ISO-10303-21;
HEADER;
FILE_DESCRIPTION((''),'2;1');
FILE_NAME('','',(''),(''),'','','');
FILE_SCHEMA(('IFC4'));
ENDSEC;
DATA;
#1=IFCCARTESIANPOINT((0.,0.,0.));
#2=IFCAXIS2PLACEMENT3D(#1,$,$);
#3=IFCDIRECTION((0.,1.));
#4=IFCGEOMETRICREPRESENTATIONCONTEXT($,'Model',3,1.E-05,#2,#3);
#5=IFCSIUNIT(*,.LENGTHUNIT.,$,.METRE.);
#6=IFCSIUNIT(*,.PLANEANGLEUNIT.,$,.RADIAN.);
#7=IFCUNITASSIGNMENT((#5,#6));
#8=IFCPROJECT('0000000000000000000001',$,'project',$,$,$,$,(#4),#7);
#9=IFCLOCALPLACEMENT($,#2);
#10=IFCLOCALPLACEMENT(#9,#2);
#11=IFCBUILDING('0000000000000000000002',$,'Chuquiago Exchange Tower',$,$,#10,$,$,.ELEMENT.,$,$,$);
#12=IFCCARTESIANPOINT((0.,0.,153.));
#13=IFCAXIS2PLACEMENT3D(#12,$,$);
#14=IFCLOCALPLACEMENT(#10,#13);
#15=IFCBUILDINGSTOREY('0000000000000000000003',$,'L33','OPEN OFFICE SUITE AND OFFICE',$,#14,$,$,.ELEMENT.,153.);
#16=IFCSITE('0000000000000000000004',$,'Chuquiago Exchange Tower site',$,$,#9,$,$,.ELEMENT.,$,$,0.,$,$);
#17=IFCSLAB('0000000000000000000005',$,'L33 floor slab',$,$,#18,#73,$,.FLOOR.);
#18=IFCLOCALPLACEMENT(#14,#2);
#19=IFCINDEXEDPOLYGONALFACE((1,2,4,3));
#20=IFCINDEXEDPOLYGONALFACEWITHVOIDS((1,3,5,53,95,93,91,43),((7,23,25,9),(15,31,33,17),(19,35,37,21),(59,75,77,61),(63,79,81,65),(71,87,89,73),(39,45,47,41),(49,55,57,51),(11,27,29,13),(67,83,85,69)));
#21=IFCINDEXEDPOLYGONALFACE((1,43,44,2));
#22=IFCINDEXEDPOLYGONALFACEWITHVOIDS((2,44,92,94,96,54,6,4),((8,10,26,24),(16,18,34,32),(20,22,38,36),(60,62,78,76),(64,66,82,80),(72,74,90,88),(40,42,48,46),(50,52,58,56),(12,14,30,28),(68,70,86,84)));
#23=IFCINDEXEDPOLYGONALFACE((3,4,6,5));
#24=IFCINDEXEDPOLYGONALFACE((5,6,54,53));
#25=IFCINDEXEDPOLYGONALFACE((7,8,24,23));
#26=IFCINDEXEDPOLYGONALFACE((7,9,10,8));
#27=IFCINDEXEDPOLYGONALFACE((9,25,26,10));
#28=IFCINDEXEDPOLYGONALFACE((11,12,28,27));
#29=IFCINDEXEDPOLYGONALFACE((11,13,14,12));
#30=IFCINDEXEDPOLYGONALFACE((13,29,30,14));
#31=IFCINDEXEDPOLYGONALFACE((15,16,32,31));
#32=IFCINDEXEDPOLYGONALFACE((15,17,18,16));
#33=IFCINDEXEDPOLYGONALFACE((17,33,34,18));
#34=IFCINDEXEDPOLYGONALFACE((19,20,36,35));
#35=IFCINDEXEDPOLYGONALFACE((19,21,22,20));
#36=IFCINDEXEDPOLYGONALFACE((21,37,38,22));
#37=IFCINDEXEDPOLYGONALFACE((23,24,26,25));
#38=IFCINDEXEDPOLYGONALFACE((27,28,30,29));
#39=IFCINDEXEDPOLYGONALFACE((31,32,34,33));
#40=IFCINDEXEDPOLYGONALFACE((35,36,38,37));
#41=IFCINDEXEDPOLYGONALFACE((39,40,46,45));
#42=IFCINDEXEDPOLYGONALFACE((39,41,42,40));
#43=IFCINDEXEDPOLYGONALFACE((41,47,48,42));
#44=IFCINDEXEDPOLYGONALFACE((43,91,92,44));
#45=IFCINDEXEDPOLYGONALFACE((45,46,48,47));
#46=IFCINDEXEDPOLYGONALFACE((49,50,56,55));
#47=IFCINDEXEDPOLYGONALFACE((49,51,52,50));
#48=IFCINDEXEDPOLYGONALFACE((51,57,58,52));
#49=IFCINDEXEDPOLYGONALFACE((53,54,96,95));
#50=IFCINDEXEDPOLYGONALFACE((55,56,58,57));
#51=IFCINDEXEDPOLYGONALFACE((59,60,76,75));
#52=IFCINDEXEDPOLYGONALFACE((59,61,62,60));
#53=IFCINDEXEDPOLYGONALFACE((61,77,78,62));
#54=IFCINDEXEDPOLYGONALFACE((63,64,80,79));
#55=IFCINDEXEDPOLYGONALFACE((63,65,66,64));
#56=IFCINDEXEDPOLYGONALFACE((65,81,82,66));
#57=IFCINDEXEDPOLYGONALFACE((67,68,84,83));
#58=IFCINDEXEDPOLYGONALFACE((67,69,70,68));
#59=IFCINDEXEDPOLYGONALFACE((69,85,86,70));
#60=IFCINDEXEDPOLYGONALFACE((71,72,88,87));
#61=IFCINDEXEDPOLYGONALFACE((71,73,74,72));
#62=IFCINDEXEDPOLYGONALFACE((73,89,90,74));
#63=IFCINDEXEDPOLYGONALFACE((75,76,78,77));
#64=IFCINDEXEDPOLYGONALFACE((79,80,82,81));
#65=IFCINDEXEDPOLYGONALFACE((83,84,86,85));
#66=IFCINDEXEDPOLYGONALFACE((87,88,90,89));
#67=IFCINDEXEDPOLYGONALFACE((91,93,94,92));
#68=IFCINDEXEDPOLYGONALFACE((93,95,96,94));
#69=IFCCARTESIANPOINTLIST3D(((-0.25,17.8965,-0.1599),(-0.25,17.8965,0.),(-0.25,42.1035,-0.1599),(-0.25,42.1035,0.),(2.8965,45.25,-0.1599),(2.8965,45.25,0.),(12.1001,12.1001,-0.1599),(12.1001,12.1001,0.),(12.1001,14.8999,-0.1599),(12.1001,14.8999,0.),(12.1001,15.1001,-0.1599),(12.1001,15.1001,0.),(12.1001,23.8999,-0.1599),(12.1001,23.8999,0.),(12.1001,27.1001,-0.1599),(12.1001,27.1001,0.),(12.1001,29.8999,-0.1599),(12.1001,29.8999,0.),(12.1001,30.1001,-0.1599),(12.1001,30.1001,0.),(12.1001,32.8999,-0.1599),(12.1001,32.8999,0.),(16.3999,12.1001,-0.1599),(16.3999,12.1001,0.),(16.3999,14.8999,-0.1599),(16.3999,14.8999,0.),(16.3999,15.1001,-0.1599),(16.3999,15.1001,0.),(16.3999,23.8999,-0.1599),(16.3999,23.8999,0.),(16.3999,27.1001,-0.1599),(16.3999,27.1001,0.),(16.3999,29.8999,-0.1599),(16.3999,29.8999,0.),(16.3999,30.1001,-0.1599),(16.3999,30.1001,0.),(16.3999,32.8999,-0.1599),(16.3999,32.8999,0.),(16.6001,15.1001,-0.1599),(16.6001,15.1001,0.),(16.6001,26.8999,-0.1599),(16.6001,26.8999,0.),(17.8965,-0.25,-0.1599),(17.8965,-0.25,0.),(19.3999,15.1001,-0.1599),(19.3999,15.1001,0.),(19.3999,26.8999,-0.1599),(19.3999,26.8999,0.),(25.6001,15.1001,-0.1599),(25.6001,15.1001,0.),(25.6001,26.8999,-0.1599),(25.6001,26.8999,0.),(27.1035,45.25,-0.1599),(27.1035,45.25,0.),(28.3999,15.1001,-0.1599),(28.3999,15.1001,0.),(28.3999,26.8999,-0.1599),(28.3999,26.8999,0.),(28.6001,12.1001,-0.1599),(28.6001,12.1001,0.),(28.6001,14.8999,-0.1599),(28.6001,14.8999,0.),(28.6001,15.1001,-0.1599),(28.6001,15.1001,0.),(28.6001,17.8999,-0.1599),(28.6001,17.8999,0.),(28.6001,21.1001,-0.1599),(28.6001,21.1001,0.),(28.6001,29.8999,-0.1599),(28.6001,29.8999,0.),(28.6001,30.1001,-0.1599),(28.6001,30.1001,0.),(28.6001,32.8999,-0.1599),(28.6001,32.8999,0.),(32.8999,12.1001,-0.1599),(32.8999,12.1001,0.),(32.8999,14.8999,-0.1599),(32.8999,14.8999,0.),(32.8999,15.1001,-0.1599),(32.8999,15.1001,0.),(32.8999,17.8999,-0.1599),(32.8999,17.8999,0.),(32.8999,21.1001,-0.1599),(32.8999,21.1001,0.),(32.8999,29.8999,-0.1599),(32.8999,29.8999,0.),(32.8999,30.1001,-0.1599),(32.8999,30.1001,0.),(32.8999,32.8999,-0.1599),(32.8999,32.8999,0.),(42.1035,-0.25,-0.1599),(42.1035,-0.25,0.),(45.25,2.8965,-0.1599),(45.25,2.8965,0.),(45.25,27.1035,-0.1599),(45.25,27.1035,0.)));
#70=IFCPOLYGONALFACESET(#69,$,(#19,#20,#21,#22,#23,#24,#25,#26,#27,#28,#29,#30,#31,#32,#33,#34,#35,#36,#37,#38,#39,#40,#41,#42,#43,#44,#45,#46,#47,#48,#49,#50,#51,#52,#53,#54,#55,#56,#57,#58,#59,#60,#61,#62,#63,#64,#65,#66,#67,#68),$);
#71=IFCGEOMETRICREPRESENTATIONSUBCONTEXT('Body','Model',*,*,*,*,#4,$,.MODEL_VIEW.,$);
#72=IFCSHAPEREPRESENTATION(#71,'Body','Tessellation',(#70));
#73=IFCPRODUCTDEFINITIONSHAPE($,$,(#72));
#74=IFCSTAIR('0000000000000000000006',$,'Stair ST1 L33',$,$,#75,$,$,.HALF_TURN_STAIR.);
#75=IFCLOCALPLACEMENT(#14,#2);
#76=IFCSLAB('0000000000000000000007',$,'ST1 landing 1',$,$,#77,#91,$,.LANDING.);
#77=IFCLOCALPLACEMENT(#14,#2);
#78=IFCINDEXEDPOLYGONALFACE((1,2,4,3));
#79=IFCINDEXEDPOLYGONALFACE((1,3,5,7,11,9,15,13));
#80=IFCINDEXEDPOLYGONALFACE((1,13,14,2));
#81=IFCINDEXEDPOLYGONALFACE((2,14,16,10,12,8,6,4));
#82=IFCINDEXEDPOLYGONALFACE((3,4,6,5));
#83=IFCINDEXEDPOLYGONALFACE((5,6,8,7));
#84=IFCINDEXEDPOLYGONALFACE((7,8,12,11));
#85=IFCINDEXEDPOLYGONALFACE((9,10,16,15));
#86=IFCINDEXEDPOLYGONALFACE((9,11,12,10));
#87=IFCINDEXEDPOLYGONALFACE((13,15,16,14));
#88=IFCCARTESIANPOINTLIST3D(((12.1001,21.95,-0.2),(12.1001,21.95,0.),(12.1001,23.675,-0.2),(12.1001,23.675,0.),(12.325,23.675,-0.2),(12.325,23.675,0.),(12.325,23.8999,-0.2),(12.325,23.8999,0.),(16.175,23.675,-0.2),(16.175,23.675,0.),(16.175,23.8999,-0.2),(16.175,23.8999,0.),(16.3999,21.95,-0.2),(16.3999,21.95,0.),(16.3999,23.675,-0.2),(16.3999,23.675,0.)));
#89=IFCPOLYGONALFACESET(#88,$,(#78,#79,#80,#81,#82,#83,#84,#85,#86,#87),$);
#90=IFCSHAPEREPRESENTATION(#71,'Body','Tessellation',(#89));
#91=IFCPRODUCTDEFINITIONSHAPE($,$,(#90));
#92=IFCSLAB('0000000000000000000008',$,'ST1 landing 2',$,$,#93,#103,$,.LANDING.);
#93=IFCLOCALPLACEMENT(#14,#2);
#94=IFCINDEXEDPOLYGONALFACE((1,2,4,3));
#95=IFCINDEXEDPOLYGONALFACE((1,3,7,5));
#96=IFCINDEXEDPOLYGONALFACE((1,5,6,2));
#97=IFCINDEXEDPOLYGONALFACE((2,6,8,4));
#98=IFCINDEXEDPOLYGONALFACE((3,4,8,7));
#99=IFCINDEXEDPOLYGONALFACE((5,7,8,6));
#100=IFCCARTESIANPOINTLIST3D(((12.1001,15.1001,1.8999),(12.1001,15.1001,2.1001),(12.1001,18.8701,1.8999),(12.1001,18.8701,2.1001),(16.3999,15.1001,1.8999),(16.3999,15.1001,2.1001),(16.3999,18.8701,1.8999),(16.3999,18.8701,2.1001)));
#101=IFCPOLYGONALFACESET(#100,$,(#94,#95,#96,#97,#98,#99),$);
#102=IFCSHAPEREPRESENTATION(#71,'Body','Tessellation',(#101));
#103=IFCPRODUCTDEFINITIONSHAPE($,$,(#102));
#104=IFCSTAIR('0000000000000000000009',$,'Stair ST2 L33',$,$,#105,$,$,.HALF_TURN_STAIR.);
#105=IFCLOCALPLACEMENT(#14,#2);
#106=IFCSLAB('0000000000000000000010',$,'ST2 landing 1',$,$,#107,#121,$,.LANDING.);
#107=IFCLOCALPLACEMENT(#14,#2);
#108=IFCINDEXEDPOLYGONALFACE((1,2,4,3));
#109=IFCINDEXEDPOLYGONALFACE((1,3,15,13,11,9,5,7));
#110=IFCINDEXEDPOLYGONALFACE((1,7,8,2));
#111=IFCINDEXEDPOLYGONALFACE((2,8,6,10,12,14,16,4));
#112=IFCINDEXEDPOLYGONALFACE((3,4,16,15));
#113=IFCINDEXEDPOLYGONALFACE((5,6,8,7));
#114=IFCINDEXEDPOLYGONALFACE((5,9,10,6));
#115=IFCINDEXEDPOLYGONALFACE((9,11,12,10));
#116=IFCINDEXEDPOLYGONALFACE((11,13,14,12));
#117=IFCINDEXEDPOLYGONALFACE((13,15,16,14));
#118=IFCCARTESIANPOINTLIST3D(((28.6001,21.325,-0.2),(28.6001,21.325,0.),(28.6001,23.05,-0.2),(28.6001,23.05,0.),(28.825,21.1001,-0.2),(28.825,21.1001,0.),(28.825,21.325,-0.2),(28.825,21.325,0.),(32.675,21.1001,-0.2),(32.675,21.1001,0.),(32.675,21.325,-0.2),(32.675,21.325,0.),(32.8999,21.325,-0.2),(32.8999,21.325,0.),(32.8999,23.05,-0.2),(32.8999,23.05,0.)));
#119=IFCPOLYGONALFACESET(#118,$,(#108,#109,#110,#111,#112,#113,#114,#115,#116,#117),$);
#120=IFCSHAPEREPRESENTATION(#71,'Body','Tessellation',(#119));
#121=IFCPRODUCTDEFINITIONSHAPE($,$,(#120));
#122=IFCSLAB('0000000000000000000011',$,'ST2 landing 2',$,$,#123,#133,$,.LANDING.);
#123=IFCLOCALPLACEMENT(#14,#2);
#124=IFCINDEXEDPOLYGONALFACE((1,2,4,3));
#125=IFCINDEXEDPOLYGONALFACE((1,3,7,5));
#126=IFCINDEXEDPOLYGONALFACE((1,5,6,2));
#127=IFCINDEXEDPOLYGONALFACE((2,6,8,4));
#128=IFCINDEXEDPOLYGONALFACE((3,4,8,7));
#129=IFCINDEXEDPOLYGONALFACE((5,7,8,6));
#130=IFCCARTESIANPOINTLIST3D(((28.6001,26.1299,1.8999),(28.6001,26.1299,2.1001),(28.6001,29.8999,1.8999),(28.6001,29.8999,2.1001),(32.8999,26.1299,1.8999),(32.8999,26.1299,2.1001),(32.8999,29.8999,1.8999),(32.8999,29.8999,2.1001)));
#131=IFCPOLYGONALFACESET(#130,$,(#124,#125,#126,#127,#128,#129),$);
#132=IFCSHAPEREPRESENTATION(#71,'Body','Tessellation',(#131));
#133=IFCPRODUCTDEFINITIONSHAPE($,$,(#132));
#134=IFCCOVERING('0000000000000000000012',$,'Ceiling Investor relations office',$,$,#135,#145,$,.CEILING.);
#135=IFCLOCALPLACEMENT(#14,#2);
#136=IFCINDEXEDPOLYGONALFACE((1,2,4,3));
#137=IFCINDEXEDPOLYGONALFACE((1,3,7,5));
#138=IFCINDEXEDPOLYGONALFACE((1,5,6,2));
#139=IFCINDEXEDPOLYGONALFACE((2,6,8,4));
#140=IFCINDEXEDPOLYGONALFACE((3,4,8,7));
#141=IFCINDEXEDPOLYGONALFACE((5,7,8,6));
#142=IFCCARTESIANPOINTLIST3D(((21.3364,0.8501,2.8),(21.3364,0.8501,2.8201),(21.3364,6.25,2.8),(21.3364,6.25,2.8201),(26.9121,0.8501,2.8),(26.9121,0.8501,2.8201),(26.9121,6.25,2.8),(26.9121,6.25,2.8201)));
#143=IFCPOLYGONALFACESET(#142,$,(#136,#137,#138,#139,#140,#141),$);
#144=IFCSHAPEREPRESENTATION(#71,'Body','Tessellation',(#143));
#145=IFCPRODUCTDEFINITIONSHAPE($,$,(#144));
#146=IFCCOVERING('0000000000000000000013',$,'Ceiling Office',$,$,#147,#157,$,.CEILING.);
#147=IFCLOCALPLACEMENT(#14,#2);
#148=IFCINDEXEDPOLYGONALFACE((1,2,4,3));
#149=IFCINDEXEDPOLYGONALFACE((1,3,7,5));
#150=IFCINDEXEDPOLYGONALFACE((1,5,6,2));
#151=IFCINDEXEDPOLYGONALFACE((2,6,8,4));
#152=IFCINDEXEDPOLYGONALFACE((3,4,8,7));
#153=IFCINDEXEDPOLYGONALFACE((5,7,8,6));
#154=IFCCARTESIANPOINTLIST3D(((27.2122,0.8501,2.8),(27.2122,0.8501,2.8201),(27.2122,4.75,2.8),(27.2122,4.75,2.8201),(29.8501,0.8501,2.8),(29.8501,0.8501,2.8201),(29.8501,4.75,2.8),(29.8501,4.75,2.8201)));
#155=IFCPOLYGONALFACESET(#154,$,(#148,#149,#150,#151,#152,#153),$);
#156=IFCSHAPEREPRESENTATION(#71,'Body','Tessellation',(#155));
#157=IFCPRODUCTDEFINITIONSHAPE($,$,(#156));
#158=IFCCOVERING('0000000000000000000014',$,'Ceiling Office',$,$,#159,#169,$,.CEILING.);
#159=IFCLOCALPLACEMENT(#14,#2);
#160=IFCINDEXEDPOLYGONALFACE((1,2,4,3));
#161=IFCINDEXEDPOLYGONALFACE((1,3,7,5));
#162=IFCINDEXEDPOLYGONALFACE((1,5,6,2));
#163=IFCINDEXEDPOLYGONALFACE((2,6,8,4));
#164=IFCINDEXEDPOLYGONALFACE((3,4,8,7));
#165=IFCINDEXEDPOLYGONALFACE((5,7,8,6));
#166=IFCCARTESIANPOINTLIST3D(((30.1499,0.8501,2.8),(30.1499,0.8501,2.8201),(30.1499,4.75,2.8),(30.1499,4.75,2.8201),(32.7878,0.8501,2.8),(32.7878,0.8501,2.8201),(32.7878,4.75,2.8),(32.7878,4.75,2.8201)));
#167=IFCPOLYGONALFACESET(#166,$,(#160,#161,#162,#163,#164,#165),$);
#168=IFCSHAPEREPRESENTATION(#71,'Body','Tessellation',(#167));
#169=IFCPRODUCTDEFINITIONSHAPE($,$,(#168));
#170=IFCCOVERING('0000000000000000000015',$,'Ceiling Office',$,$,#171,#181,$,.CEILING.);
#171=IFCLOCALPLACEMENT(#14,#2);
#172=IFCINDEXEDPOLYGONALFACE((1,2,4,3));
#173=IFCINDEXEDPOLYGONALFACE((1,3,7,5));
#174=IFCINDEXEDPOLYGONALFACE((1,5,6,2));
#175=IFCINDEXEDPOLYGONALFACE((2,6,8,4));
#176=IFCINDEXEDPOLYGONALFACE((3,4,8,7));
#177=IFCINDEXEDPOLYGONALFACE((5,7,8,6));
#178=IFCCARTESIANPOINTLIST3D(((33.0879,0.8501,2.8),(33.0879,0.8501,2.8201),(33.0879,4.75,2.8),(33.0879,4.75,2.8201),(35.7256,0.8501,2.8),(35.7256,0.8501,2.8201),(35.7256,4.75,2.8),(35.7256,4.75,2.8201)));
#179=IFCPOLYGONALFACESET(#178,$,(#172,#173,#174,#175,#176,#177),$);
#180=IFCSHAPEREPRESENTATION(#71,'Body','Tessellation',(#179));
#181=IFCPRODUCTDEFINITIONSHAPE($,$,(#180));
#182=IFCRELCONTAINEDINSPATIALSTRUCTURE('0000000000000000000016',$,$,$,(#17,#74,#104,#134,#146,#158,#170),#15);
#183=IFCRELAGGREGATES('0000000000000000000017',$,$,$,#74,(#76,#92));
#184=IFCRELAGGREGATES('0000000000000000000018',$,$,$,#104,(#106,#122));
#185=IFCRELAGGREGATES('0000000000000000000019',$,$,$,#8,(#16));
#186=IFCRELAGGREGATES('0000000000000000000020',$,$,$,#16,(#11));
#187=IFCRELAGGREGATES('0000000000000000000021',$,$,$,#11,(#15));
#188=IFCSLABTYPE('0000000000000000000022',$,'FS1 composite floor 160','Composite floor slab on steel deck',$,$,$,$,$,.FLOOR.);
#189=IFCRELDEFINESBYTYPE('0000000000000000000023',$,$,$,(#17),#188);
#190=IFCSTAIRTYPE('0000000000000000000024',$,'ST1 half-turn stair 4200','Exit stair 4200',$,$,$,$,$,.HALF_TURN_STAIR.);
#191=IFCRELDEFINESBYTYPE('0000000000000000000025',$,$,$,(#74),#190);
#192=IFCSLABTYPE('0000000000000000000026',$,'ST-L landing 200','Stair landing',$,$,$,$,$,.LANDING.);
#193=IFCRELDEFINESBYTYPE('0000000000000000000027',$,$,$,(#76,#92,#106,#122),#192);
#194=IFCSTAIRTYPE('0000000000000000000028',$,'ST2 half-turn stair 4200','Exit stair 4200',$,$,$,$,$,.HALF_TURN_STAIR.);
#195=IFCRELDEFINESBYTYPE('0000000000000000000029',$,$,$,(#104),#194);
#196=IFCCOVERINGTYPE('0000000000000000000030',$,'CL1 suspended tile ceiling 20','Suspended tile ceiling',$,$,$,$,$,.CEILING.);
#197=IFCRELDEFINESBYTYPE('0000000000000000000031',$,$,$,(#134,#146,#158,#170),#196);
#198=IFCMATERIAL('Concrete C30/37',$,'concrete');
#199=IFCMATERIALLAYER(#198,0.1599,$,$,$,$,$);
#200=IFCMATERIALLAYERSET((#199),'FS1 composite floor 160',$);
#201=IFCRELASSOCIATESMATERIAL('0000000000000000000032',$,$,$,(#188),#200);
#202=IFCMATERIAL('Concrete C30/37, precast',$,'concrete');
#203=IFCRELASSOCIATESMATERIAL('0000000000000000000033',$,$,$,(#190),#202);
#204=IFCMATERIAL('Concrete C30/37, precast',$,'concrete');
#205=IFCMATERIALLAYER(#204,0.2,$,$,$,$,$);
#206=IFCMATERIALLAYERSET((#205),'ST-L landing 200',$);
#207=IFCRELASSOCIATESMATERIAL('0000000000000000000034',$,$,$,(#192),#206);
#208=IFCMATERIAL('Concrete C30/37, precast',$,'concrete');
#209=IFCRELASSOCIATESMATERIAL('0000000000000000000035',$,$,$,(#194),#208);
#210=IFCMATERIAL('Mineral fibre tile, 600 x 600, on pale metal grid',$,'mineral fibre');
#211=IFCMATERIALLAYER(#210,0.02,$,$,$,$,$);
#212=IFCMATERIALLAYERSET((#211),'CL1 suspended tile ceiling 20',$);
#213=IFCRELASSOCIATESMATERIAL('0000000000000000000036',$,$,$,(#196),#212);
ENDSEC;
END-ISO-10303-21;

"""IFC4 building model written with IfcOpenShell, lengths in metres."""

from ifc_helpers import new_model, si_unit, direction, frame, origin, place, context, subcontext, project, spatial, polyline, outline, extrude, material, layer, layer_set, type_object, element, aggregate, save


model = new_model("IFC4")

# Units and contexts
model_context = context("Model", 3, precision=1e-05, world=origin(), true_north=direction((0.0, 1.0)))
body_context = subcontext(model_context, "Body", "Model", "MODEL_VIEW")
ifc_project = project(units=[si_unit("LENGTHUNIT", "METRE"), si_unit("PLANEANGLEUNIT", "RADIAN")], contexts=[model_context])

# Site, building, storey
site_placement = place(None, origin())
site = spatial("IfcSite", under=ifc_project, at=site_placement, Name="Chuquiago Exchange Tower site", CompositionType="ELEMENT", RefElevation=0.0)
building_placement = place(site_placement, origin())
building = spatial("IfcBuilding", under=site, at=building_placement, Name="Chuquiago Exchange Tower", CompositionType="ELEMENT")
storey_placement = place(building_placement, frame((0.0, 0.0, 153.0)))
storey = spatial("IfcBuildingStorey", under=building, at=storey_placement, Name="L33", Description="OPEN OFFICE SUITE AND OFFICE", CompositionType="ELEMENT", Elevation=153.0)

# Slab
ifc_material_1 = material(Name="Concrete C30/37", Category="concrete")
ifc_layer_1 = layer(ifc_material_1, 0.1599)
ifc_layer_set_1 = layer_set([ifc_layer_1], Name="FS1 composite floor 160")
slab_type_1 = type_object("IfcSlabType", Name="FS1 composite floor 160", Description="Composite floor slab on steel deck", PredefinedType="FLOOR", material=ifc_layer_set_1)
slab_1_placement = place(storey_placement, frame((0.0, 0.0, -0.1599)))
element("IfcSlab", 1, at=slab_1_placement, inside=storey, type_object=slab_type_1, Name="L33 floor slab", PredefinedType="FLOOR", context=body_context, shape_type="SweptSolid", body=[
    extrude(outline(polyline([(17.8965, -0.25), (-0.25, 17.8965), (-0.25, 42.1035), (2.8965, 45.25), (27.1035, 45.25), (45.25, 27.1035), (45.25, 2.8965), (42.1035, -0.25), (17.8965, -0.25)]), holes=[polyline([(16.3999, 15.1001), (12.1001, 15.1001), (12.1001, 23.8999), (16.3999, 23.8999), (16.3999, 15.1001)]), polyline([(32.8999, 21.1001), (28.6001, 21.1001), (28.6001, 29.8999), (32.8999, 29.8999), (32.8999, 21.1001)]), polyline([(16.3999, 12.1001), (12.1001, 12.1001), (12.1001, 14.8999), (16.3999, 14.8999), (16.3999, 12.1001)]), polyline([(16.3999, 30.1001), (12.1001, 30.1001), (12.1001, 32.8999), (16.3999, 32.8999), (16.3999, 30.1001)]), polyline([(32.8999, 12.1001), (28.6001, 12.1001), (28.6001, 14.8999), (32.8999, 14.8999), (32.8999, 12.1001)]), polyline([(32.8999, 30.1001), (28.6001, 30.1001), (28.6001, 32.8999), (32.8999, 32.8999), (32.8999, 30.1001)]), polyline([(16.3999, 27.1001), (12.1001, 27.1001), (12.1001, 29.8999), (16.3999, 29.8999), (16.3999, 27.1001)]), polyline([(32.8999, 15.1001), (28.6001, 15.1001), (28.6001, 17.8999), (32.8999, 17.8999), (32.8999, 15.1001)]), polyline([(19.3999, 15.1001), (16.6001, 15.1001), (16.6001, 26.8999), (19.3999, 26.8999), (19.3999, 15.1001)]), polyline([(28.3999, 15.1001), (25.6001, 15.1001), (25.6001, 26.8999), (28.3999, 26.8999), (28.3999, 15.1001)])]), origin(), (0.0, 0.0, 1.0), 0.1599),
])

# Stairs, slabs
ifc_material_2 = material(Name="Concrete C30/37, precast", Category="concrete")
stair_type_1 = type_object("IfcStairType", Name="ST1 half-turn stair 4200", Description="Exit stair 4200", PredefinedType="HALF_TURN_STAIR", material=ifc_material_2)
stair_1_placement = place(storey_placement, origin())
stair_1 = element("IfcStair", 2, at=stair_1_placement, inside=storey, type_object=stair_type_1, Name="Stair ST1 L33", PredefinedType="HALF_TURN_STAIR")
ifc_material_3 = material(Name="Concrete C30/37, precast", Category="concrete")
ifc_layer_2 = layer(ifc_material_3, 0.2)
ifc_layer_set_2 = layer_set([ifc_layer_2], Name="ST-L landing 200")
slab_type_2 = type_object("IfcSlabType", Name="ST-L landing 200", Description="Stair landing", PredefinedType="LANDING", material=ifc_layer_set_2)
slab_2_placement = place(storey_placement, frame((0.0, 0.0, -0.2)))
slab_2 = element("IfcSlab", 3, at=slab_2_placement, type_object=slab_type_2, Name="ST1 landing 1", PredefinedType="LANDING", context=body_context, shape_type="SweptSolid", body=[
    extrude(outline(polyline([(12.325, 23.8999), (16.175, 23.8999), (16.175, 23.675), (16.3999, 23.675), (16.3999, 21.95), (12.1001, 21.95), (12.1001, 23.675), (12.325, 23.675), (12.325, 23.8999)])), origin(), (0.0, 0.0, 1.0), 0.2),
])
slab_3_placement = place(storey_placement, frame((0.0, 0.0, 1.8999)))
slab_3 = element("IfcSlab", 4, at=slab_3_placement, type_object=slab_type_2, Name="ST1 landing 2", PredefinedType="LANDING", context=body_context, shape_type="SweptSolid", body=[
    extrude(outline(polyline([(12.1001, 18.8701), (16.3999, 18.8701), (16.3999, 15.1001), (12.1001, 15.1001), (12.1001, 18.8701)])), origin(), (0.0, 0.0, 1.0), 0.2002),
])
aggregate(stair_1, [slab_2, slab_3])
ifc_material_4 = material(Name="Concrete C30/37, precast", Category="concrete")
stair_type_2 = type_object("IfcStairType", Name="ST2 half-turn stair 4200", Description="Exit stair 4200", PredefinedType="HALF_TURN_STAIR", material=ifc_material_4)
stair_2_placement = place(storey_placement, origin())
stair_2 = element("IfcStair", 5, at=stair_2_placement, inside=storey, type_object=stair_type_2, Name="Stair ST2 L33", PredefinedType="HALF_TURN_STAIR")
slab_4_placement = place(storey_placement, frame((0.0, 0.0, -0.2)))
slab_4 = element("IfcSlab", 6, at=slab_4_placement, type_object=slab_type_2, Name="ST2 landing 1", PredefinedType="LANDING", context=body_context, shape_type="SweptSolid", body=[
    extrude(outline(polyline([(32.675, 21.325), (32.675, 21.1001), (28.825, 21.1001), (28.825, 21.325), (28.6001, 21.325), (28.6001, 23.05), (32.8999, 23.05), (32.8999, 21.325), (32.675, 21.325)])), origin(), (0.0, 0.0, 1.0), 0.2),
])
slab_5_placement = place(storey_placement, frame((0.0, 0.0, 1.8999)))
slab_5 = element("IfcSlab", 7, at=slab_5_placement, type_object=slab_type_2, Name="ST2 landing 2", PredefinedType="LANDING", context=body_context, shape_type="SweptSolid", body=[
    extrude(outline(polyline([(28.6001, 29.8999), (32.8999, 29.8999), (32.8999, 26.1299), (28.6001, 26.1299), (28.6001, 29.8999)])), origin(), (0.0, 0.0, 1.0), 0.2002),
])
aggregate(stair_2, [slab_4, slab_5])

# Coverings
ifc_material_5 = material(Name="Mineral fibre tile, 600 x 600, on pale metal grid", Category="mineral fibre")
ifc_layer_3 = layer(ifc_material_5, 0.02)
ifc_layer_set_3 = layer_set([ifc_layer_3], Name="CL1 suspended tile ceiling 20")
covering_type_1 = type_object("IfcCoveringType", Name="CL1 suspended tile ceiling 20", Description="Suspended tile ceiling", PredefinedType="CEILING", material=ifc_layer_set_3)
covering_1_placement = place(storey_placement, frame((0.0, 0.0, 2.8)))
element("IfcCovering", 8, at=covering_1_placement, inside=storey, type_object=covering_type_1, Name="Ceiling Investor relations office", PredefinedType="CEILING", context=body_context, shape_type="SweptSolid", body=[
    extrude(outline(polyline([(21.3364, 6.25), (26.9121, 6.25), (26.9121, 0.8501), (21.3364, 0.8501), (21.3364, 6.25)])), origin(), (0.0, 0.0, 1.0), 0.02),
])
covering_2_placement = place(storey_placement, frame((0.0, 0.0, 2.8)))
element("IfcCovering", 9, at=covering_2_placement, inside=storey, type_object=covering_type_1, Name="Ceiling Office", PredefinedType="CEILING", context=body_context, shape_type="SweptSolid", body=[
    extrude(outline(polyline([(27.2122, 4.75), (29.8501, 4.75), (29.8501, 0.8501), (27.2122, 0.8501), (27.2122, 4.75)])), origin(), (0.0, 0.0, 1.0), 0.02),
])
covering_3_placement = place(storey_placement, frame((0.0, 0.0, 2.8)))
element("IfcCovering", 10, at=covering_3_placement, inside=storey, type_object=covering_type_1, Name="Ceiling Office", PredefinedType="CEILING", context=body_context, shape_type="SweptSolid", body=[
    extrude(outline(polyline([(30.1499, 4.75), (32.7878, 4.75), (32.7878, 0.8501), (30.1499, 0.8501), (30.1499, 4.75)])), origin(), (0.0, 0.0, 1.0), 0.02),
])
covering_4_placement = place(storey_placement, frame((0.0, 0.0, 2.8)))
element("IfcCovering", 11, at=covering_4_placement, inside=storey, type_object=covering_type_1, Name="Ceiling Office", PredefinedType="CEILING", context=body_context, shape_type="SweptSolid", body=[
    extrude(outline(polyline([(33.0879, 4.75), (35.7256, 4.75), (35.7256, 0.8501), (33.0879, 0.8501), (33.0879, 4.75)])), origin(), (0.0, 0.0, 1.0), 0.02),
])

save(model, "model.ifc")
